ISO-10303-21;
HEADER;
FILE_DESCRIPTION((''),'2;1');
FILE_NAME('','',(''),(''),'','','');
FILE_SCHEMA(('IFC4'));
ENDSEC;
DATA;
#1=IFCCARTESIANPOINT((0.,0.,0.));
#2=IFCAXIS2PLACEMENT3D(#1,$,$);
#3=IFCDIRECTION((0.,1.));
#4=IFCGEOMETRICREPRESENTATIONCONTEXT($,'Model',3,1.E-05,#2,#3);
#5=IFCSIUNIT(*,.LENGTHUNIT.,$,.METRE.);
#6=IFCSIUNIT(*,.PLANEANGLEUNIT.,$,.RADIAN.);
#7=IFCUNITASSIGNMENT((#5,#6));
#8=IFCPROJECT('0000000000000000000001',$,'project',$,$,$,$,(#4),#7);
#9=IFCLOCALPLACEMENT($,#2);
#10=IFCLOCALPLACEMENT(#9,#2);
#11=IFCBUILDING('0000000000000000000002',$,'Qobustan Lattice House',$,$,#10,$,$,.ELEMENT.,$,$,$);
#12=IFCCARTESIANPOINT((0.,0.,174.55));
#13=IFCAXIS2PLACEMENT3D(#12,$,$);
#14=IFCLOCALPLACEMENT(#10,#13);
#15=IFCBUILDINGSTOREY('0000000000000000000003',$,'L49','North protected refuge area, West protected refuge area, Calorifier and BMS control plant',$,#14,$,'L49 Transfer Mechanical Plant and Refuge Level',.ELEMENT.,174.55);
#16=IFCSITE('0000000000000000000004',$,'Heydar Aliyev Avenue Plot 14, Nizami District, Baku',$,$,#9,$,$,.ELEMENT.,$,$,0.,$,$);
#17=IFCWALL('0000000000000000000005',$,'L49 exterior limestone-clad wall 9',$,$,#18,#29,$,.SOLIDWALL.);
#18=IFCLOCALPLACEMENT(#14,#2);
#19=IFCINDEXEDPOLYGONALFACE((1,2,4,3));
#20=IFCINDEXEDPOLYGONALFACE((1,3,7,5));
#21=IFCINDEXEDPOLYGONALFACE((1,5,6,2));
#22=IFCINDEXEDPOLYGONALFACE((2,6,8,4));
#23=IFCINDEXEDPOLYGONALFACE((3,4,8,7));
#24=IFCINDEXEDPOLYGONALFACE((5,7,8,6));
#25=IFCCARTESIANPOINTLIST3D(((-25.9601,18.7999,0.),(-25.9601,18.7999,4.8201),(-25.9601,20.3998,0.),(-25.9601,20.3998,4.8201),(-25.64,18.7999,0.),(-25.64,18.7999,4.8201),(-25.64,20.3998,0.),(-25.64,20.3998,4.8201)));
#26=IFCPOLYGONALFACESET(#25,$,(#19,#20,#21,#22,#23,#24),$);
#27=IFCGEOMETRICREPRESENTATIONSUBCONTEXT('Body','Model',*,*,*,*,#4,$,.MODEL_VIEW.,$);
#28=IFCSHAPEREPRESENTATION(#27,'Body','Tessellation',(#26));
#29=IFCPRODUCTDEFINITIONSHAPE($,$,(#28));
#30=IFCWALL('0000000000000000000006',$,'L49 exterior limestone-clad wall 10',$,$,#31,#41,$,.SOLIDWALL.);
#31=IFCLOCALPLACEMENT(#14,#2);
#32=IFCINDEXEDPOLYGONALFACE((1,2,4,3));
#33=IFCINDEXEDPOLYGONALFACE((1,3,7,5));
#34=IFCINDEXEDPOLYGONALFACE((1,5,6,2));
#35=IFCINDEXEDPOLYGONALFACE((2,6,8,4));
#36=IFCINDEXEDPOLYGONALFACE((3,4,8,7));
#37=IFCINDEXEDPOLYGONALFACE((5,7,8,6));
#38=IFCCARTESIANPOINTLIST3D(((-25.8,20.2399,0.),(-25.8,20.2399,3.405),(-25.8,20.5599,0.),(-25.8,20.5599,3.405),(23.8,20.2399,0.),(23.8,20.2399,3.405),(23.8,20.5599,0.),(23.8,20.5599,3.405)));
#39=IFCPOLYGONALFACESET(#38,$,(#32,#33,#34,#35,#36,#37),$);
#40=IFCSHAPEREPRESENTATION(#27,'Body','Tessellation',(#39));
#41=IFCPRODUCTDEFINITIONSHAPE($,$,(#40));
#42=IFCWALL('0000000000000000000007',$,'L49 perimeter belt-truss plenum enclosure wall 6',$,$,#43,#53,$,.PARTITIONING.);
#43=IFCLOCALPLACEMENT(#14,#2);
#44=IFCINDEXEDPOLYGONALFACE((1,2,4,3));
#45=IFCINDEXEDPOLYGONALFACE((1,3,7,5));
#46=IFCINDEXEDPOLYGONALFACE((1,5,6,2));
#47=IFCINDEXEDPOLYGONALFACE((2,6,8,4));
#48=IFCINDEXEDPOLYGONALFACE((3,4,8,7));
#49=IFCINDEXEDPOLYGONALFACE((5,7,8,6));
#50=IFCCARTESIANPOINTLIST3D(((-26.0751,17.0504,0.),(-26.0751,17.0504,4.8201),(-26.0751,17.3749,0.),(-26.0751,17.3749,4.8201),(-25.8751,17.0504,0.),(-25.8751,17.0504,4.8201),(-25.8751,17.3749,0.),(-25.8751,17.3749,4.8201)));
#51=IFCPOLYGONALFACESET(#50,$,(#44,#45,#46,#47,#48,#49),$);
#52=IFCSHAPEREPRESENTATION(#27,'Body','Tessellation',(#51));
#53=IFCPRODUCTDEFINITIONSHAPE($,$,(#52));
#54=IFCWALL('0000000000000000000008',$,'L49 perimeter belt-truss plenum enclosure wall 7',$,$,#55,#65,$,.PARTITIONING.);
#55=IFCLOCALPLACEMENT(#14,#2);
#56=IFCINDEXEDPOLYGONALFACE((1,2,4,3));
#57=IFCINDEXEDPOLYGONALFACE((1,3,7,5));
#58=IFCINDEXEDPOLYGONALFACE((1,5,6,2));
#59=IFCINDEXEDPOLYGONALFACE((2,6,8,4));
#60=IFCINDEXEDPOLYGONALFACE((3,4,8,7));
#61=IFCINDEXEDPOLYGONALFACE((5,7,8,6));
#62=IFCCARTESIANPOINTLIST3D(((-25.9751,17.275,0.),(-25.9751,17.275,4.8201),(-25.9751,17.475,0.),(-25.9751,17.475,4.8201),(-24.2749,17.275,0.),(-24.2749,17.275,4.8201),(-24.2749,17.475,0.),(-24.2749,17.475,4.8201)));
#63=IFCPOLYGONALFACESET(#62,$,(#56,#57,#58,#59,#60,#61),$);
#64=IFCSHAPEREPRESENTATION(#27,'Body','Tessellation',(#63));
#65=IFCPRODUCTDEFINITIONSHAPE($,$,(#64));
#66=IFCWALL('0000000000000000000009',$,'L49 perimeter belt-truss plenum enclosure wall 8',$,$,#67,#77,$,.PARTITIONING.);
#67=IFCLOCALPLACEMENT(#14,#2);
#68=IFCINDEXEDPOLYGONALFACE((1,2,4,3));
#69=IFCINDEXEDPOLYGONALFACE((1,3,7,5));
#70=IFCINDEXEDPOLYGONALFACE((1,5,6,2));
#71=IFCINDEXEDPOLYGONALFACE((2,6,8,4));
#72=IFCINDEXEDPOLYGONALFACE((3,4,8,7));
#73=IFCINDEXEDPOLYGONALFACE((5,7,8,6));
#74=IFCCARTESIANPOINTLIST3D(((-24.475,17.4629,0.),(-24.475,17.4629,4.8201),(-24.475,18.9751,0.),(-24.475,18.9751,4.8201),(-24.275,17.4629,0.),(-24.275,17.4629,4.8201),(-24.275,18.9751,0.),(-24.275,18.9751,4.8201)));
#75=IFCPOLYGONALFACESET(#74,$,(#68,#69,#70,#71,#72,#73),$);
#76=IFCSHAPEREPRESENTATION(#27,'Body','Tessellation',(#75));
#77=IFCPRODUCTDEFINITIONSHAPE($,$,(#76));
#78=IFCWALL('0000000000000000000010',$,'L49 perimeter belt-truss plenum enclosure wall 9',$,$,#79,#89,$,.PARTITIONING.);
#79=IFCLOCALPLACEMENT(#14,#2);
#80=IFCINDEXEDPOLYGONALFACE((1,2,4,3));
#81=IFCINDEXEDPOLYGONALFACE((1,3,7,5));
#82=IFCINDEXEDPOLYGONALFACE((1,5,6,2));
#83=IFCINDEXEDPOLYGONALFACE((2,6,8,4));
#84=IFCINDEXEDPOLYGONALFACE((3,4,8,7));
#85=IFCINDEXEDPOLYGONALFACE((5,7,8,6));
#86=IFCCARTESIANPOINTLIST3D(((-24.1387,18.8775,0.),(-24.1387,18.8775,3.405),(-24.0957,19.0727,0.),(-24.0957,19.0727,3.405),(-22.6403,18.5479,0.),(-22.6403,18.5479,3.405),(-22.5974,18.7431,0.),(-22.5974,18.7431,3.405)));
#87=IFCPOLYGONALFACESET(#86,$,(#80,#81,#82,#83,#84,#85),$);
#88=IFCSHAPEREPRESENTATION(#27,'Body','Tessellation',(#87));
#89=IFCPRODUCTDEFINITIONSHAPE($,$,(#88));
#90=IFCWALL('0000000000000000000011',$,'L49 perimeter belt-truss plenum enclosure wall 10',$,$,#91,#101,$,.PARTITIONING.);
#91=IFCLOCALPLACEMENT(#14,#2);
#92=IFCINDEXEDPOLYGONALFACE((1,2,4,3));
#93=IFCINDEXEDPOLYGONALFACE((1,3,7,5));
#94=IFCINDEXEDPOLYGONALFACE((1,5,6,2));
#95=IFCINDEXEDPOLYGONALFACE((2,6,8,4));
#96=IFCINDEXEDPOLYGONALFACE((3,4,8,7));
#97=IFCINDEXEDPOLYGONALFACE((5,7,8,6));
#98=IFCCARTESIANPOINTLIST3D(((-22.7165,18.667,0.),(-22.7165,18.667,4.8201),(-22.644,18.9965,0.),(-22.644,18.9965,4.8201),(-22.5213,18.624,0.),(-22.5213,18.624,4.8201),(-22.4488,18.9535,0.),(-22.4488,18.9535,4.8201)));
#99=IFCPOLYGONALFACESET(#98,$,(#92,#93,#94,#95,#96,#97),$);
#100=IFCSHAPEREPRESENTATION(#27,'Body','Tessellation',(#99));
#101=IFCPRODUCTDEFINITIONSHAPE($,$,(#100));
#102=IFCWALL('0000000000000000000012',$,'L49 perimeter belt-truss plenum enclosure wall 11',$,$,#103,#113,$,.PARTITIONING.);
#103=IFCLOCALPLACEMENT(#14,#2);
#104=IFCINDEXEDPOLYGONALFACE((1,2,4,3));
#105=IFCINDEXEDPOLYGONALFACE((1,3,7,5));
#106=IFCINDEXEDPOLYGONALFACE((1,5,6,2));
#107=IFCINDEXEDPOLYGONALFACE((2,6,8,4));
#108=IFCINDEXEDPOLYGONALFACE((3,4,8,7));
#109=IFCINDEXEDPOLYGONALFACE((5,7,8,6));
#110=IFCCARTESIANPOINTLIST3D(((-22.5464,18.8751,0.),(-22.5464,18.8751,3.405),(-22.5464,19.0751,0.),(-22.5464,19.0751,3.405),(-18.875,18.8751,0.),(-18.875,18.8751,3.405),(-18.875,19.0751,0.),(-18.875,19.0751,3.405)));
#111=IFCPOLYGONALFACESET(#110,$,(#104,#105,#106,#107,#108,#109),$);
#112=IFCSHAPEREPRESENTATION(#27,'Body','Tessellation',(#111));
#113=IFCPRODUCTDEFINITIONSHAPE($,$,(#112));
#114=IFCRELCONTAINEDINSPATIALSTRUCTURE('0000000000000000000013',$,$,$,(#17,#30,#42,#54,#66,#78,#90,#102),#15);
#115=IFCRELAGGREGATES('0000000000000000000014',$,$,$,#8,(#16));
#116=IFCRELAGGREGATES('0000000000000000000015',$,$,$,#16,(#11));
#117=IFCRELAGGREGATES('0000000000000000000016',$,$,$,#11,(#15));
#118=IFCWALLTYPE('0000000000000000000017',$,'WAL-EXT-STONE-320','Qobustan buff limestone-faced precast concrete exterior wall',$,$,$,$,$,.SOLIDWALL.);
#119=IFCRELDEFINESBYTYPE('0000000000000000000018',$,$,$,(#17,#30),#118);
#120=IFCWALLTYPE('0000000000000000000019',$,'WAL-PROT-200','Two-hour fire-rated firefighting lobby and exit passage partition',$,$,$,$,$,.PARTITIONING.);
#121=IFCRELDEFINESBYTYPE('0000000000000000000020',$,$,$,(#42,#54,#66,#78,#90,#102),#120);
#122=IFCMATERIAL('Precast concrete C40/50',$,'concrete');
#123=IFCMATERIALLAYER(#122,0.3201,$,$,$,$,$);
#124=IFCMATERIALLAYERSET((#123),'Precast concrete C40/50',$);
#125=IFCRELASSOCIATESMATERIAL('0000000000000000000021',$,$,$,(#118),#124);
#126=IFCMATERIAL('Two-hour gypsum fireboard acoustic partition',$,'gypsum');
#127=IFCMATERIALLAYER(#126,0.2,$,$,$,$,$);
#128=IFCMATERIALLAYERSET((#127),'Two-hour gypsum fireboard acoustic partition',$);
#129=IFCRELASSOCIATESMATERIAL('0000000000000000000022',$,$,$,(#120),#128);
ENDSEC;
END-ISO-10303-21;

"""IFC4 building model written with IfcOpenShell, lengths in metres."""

from ifc_helpers import new_model, si_unit, direction, frame, frame_2d, origin, place, context, subcontext, project, spatial, rectangle, extrude, material, layer, layer_set, type_object, element, save


model = new_model("IFC4")

# Units and contexts
model_context = context("Model", 3, precision=1e-05, world=origin(), true_north=direction((0.0, 1.0)))
body_context = subcontext(model_context, "Body", "Model", "MODEL_VIEW")
ifc_project = project(units=[si_unit("LENGTHUNIT", "METRE"), si_unit("PLANEANGLEUNIT", "RADIAN")], contexts=[model_context])

# Site, building, storey
site_placement = place(None, origin())
site = spatial("IfcSite", under=ifc_project, at=site_placement, Name="Heydar Aliyev Avenue Plot 14, Nizami District, Baku", CompositionType="ELEMENT", RefElevation=0.0)
building_placement = place(site_placement, origin())
building = spatial("IfcBuilding", under=site, at=building_placement, Name="Qobustan Lattice House", CompositionType="ELEMENT")
storey_placement = place(building_placement, frame((0.0, 0.0, 174.55)))
storey = spatial("IfcBuildingStorey", under=building, at=storey_placement, Name="L49", Description="North protected refuge area, West protected refuge area, Calorifier and BMS control plant", LongName="L49 Transfer Mechanical Plant and Refuge Level", CompositionType="ELEMENT", Elevation=174.55)

# Walls
ifc_material_1 = material(Name="Precast concrete C40/50", Category="concrete")
ifc_layer_1 = layer(ifc_material_1, 0.3201)
ifc_layer_set_1 = layer_set([ifc_layer_1], Name="Precast concrete C40/50")
wall_type_1 = type_object("IfcWallType", Name="WAL-EXT-STONE-320", Description="Qobustan buff limestone-faced precast concrete exterior wall", PredefinedType="SOLIDWALL", material=ifc_layer_set_1)
for number, where, z_axis, x_axis, name in (
    (1, (-25.8, 18.8, 0.0), (0.0, 0.0, 1.0), (0.0, 1.0, 0.0), "L49 exterior limestone-clad wall 9"),
):
    element("IfcWall", number, at=place(storey_placement, frame(where, z_axis=z_axis, x_axis=x_axis)), inside=storey, type_object=wall_type_1, Name=name, PredefinedType="SOLIDWALL", context=body_context, shape_type="SweptSolid", body=[
        extrude(rectangle(XDim=1.5999, YDim=0.3201, at=frame_2d((0.7998, 0.0))), origin(), (0.0, 0.0, 1.0), 4.8201),
    ])
wall_1_placement = place(storey_placement, frame((-25.8, 20.3999, 0.0), z_axis=(0.0, 0.0, 1.0), x_axis=(1.0, 0.0, 0.0)))
element("IfcWall", 2, at=wall_1_placement, inside=storey, type_object=wall_type_1, Name="L49 exterior limestone-clad wall 10", PredefinedType="SOLIDWALL", context=body_context, shape_type="SweptSolid", body=[
    extrude(rectangle(XDim=49.6001, YDim=0.3201, at=frame_2d((24.8, 0.0))), origin(), (0.0, 0.0, 1.0), 3.405),
])
ifc_material_2 = material(Name="Two-hour gypsum fireboard acoustic partition", Category="gypsum")
ifc_layer_2 = layer(ifc_material_2, 0.2)
ifc_layer_set_2 = layer_set([ifc_layer_2], Name="Two-hour gypsum fireboard acoustic partition")
wall_type_2 = type_object("IfcWallType", Name="WAL-PROT-200", Description="Two-hour fire-rated firefighting lobby and exit passage partition", PredefinedType="PARTITIONING", material=ifc_layer_set_2)
wall_2_placement = place(storey_placement, frame((-25.9751, 17.0505, 0.0), z_axis=(0.0, 0.0, 1.0), x_axis=(0.0, 1.0, 0.0)))
element("IfcWall", 3, at=wall_2_placement, inside=storey, type_object=wall_type_2, Name="L49 perimeter belt-truss plenum enclosure wall 6", PredefinedType="PARTITIONING", context=body_context, shape_type="SweptSolid", body=[
    extrude(rectangle(XDim=0.3245, YDim=0.2, at=frame_2d((0.1621, 0.0))), origin(), (0.0, 0.0, 1.0), 4.8201),
])
wall_3_placement = place(storey_placement, frame((-25.9751, 17.375, 0.0), z_axis=(0.0, 0.0, 1.0), x_axis=(1.0, 0.0, 0.0)))
element("IfcWall", 4, at=wall_3_placement, inside=storey, type_object=wall_type_2, Name="L49 perimeter belt-truss plenum enclosure wall 7", PredefinedType="PARTITIONING", context=body_context, shape_type="SweptSolid", body=[
    extrude(rectangle(XDim=1.7002, YDim=0.2, at=frame_2d((0.8501, 0.0))), origin(), (0.0, 0.0, 1.0), 4.8201),
])
wall_4_placement = place(storey_placement, frame((-24.375, 17.4629, 0.0), z_axis=(0.0, 0.0, 1.0), x_axis=(0.0, 1.0, 0.0)))
element("IfcWall", 5, at=wall_4_placement, inside=storey, type_object=wall_type_2, Name="L49 perimeter belt-truss plenum enclosure wall 8", PredefinedType="PARTITIONING", context=body_context, shape_type="SweptSolid", body=[
    extrude(rectangle(XDim=1.5122, YDim=0.2, at=frame_2d((0.7561, 0.0))), origin(), (0.0, 0.0, 1.0), 4.8201),
])
wall_5_placement = place(storey_placement, frame((-24.1172, 18.9751, 0.0), z_axis=(0.0, 0.0, 1.0), x_axis=(0.976649, -0.214841, 0.0)))
element("IfcWall", 6, at=wall_5_placement, inside=storey, type_object=wall_type_2, Name="L49 perimeter belt-truss plenum enclosure wall 9", PredefinedType="PARTITIONING", context=body_context, shape_type="SweptSolid", body=[
    extrude(rectangle(XDim=1.5342, YDim=0.2, at=frame_2d((0.7671, 0.0))), origin(), (0.0, 0.0, 1.0), 3.405),
])
wall_6_placement = place(storey_placement, frame((-22.6189, 18.6455, 0.0), z_axis=(0.0, 0.0, 1.0), x_axis=(0.214862, 0.976644, 0.0)))
element("IfcWall", 7, at=wall_6_placement, inside=storey, type_object=wall_type_2, Name="L49 perimeter belt-truss plenum enclosure wall 10", PredefinedType="PARTITIONING", context=body_context, shape_type="SweptSolid", body=[
    extrude(rectangle(XDim=0.3374, YDim=0.2, at=frame_2d((0.1687, 0.0))), origin(), (0.0, 0.0, 1.0), 4.8201),
])
wall_7_placement = place(storey_placement, frame((-22.5464, 18.9751, 0.0), z_axis=(0.0, 0.0, 1.0), x_axis=(1.0, 0.0, 0.0)))
element("IfcWall", 8, at=wall_7_placement, inside=storey, type_object=wall_type_2, Name="L49 perimeter belt-truss plenum enclosure wall 11", PredefinedType="PARTITIONING", context=body_context, shape_type="SweptSolid", body=[
    extrude(rectangle(XDim=3.6714, YDim=0.2, at=frame_2d((1.8357, 0.0))), origin(), (0.0, 0.0, 1.0), 3.405),
])

save(model, "model.ifc")
